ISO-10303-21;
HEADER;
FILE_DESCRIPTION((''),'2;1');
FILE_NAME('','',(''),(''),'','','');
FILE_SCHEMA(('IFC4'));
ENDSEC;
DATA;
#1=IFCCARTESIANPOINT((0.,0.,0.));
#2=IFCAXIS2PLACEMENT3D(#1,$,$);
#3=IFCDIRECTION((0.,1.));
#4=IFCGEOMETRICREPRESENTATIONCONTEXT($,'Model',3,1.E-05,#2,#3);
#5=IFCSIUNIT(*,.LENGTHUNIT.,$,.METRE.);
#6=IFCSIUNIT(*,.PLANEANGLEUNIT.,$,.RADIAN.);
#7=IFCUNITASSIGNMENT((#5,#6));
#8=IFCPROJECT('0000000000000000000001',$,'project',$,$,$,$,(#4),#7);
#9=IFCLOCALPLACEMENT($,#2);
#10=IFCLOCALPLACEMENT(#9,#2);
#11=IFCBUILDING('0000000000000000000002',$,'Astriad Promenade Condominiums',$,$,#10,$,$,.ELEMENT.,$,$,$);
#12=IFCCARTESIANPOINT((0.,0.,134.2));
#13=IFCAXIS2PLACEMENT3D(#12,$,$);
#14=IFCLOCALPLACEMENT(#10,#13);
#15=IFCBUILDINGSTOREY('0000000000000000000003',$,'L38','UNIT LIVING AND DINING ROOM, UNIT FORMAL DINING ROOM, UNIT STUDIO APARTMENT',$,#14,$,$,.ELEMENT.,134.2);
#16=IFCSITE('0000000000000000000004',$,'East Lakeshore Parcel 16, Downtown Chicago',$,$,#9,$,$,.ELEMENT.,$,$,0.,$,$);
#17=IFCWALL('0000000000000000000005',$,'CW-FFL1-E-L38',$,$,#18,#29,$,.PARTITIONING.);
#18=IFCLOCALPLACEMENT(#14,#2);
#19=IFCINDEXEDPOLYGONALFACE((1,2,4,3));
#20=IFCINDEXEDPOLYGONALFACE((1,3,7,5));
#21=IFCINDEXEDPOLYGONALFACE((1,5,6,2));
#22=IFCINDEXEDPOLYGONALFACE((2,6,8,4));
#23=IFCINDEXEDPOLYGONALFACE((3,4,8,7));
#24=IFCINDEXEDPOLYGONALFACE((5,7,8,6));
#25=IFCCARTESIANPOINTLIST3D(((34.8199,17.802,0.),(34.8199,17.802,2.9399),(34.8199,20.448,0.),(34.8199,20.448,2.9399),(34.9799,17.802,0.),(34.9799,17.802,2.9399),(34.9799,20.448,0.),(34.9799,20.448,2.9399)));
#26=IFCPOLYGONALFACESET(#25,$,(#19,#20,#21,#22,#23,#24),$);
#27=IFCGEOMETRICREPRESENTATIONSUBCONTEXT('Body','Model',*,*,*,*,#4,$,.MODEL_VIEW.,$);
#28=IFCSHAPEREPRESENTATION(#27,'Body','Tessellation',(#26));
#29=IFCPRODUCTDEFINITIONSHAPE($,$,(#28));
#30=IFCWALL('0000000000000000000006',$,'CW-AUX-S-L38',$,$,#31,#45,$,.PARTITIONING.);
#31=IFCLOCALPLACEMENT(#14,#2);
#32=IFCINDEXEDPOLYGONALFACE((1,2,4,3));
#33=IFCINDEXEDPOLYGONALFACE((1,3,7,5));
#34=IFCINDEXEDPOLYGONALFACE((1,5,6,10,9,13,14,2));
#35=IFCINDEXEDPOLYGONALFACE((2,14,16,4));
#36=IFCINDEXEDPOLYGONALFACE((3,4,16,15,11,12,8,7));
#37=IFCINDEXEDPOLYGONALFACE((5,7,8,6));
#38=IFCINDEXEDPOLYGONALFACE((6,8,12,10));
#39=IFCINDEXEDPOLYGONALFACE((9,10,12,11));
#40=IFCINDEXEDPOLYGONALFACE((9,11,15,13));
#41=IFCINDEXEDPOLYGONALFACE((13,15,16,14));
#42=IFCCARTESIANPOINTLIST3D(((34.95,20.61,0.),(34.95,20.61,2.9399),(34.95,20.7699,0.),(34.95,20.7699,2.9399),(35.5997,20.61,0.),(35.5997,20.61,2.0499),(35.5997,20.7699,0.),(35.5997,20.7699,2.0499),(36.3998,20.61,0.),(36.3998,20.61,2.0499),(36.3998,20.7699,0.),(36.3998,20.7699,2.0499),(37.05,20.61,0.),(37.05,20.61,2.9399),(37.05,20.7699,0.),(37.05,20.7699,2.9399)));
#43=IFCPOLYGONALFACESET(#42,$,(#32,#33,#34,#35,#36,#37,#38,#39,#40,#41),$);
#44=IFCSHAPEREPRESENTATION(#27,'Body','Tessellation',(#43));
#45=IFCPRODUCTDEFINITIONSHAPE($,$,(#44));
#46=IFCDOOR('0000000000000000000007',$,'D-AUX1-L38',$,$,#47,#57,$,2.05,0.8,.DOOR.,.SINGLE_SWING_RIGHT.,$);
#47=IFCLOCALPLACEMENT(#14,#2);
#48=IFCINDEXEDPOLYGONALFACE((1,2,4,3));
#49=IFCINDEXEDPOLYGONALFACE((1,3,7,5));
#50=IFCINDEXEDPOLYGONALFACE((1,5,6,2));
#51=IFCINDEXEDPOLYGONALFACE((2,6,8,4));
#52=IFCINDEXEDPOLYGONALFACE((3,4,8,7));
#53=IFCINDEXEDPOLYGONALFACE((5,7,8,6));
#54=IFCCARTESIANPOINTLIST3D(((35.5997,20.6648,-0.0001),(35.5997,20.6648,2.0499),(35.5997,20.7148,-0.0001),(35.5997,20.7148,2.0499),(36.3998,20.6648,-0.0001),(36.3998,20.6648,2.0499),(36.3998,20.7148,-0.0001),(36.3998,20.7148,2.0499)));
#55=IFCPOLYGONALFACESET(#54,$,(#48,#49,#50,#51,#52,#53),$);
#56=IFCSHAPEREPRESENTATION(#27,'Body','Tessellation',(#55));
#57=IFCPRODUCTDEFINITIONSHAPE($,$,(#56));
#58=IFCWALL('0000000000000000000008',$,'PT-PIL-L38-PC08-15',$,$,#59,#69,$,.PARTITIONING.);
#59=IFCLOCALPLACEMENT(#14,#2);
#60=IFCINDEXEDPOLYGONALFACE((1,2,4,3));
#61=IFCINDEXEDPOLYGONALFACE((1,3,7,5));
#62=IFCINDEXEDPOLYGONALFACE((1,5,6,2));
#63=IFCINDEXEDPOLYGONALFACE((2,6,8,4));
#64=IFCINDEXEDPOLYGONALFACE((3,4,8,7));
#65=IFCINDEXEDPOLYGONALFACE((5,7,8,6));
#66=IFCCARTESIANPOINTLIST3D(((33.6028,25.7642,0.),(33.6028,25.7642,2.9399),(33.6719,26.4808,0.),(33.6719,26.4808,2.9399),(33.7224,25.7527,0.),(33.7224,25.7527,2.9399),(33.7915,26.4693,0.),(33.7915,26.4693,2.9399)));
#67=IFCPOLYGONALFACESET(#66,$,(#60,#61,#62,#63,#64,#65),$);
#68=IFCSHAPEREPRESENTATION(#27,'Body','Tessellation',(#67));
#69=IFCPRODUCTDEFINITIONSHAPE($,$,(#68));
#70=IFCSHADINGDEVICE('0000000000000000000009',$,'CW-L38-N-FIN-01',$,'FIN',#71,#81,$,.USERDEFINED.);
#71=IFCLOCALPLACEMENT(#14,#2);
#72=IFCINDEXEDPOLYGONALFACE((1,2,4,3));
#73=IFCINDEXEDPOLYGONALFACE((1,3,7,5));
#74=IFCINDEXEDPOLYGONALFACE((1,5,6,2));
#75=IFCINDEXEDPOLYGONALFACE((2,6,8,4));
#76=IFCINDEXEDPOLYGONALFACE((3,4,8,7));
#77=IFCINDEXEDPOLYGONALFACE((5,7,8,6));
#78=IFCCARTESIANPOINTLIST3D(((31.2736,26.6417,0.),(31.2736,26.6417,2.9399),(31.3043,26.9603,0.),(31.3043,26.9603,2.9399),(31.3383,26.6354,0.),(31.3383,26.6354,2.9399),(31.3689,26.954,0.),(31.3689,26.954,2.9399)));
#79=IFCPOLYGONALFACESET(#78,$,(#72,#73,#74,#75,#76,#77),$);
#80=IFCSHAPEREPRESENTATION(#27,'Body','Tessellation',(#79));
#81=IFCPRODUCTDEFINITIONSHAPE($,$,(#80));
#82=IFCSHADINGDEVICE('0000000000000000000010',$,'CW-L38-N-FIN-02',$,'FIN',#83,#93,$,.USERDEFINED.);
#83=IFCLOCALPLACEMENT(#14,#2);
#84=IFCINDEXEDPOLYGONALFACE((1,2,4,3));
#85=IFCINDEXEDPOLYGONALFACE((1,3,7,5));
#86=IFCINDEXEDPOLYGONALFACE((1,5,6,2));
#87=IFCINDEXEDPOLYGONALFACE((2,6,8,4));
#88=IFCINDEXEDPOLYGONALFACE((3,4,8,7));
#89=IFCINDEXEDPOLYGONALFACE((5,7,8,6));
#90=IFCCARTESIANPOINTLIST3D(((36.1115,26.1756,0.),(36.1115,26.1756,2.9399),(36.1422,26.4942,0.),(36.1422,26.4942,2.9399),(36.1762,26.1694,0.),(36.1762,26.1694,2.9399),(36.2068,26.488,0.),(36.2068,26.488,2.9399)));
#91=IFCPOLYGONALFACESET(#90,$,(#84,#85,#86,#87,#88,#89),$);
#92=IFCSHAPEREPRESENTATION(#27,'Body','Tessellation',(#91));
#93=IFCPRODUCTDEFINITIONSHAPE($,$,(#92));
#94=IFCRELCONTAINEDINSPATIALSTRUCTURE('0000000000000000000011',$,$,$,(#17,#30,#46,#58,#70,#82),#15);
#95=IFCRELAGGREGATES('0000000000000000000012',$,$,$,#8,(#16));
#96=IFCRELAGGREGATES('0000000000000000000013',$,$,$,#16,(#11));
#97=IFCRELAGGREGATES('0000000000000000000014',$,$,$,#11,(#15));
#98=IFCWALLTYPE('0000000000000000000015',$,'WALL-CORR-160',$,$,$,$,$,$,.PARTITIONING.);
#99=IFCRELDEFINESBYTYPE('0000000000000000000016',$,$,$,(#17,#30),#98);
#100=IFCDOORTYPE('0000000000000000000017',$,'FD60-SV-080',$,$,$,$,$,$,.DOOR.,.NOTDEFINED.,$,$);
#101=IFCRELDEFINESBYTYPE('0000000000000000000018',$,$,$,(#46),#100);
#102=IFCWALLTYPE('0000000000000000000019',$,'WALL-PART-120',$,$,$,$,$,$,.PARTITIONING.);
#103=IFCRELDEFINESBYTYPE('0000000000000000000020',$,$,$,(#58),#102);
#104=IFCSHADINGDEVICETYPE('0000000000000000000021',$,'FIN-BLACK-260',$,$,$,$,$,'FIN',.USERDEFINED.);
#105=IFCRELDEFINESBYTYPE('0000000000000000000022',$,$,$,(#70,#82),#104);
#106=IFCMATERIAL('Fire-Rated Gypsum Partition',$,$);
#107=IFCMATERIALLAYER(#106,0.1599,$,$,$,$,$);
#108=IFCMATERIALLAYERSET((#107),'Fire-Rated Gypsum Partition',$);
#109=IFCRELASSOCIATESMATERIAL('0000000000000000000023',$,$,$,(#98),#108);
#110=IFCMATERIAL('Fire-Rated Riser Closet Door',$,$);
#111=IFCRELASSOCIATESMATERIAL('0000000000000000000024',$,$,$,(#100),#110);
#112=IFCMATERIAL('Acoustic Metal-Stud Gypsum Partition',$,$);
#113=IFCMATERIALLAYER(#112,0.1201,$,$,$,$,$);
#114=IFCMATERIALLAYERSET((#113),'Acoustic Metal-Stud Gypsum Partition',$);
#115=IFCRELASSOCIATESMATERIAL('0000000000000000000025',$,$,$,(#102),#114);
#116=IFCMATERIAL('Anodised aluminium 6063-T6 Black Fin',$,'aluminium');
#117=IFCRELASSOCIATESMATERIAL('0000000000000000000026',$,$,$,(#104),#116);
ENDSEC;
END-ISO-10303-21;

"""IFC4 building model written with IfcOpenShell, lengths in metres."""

from ifc_helpers import new_model, si_unit, direction, frame, frame_2d, origin, origin_2d, place, context, subcontext, project, spatial, rectangle, extrude, source, transform, mapped, material, layer, layer_set, type_object, type_shapes, element, fill, save


model = new_model("IFC4")

# Units and contexts
model_context = context("Model", 3, precision=1e-05, world=origin(), true_north=direction((0.0, 1.0)))
body_context = subcontext(model_context, "Body", "Model", "MODEL_VIEW")
ifc_project = project(units=[si_unit("LENGTHUNIT", "METRE"), si_unit("PLANEANGLEUNIT", "RADIAN")], contexts=[model_context])

# Site, building, storey
site_placement = place(None, origin())
site = spatial("IfcSite", under=ifc_project, at=site_placement, Name="East Lakeshore Parcel 16, Downtown Chicago", CompositionType="ELEMENT", RefElevation=0.0)
building_placement = place(site_placement, origin())
building = spatial("IfcBuilding", under=site, at=building_placement, Name="Astriad Promenade Condominiums", CompositionType="ELEMENT")
storey_placement = place(building_placement, frame((0.0, 0.0, 134.2)))
storey = spatial("IfcBuildingStorey", under=building, at=storey_placement, Name="L38", Description="UNIT LIVING AND DINING ROOM, UNIT FORMAL DINING ROOM, UNIT STUDIO APARTMENT", CompositionType="ELEMENT", Elevation=134.2)

# Wall
ifc_material_1 = material(Name="Fire-Rated Gypsum Partition")
ifc_layer_1 = layer(ifc_material_1, 0.1599)
ifc_layer_set_1 = layer_set([ifc_layer_1], Name="Fire-Rated Gypsum Partition")
wall_type_1 = type_object("IfcWallType", Name="WALL-CORR-160", PredefinedType="PARTITIONING", material=ifc_layer_set_1)
wall_1_placement = place(storey_placement, frame((34.8999, 17.802, 0.0), z_axis=(0.0, 0.0, 1.0), x_axis=(0.0, 1.0, 0.0)))
element("IfcWall", 1, at=wall_1_placement, inside=storey, type_object=wall_type_1, Name="CW-FFL1-E-L38", PredefinedType="PARTITIONING", context=body_context, shape_type="SweptSolid", body=[
    extrude(rectangle(XDim=2.646, YDim=0.1599, at=frame_2d((1.323, 0.0))), origin(), (0.0, 0.0, 1.0), 2.9399),
])

# Wall, opening, door
wall_2_placement = place(storey_placement, frame((34.95, 20.6899, 0.0), z_axis=(0.0, 0.0, 1.0), x_axis=(1.0, 0.0, 0.0)))
wall_2 = element("IfcWall", 2, at=wall_2_placement, inside=storey, type_object=wall_type_1, Name="CW-AUX-S-L38", PredefinedType="PARTITIONING", context=body_context, shape_type="SweptSolid", body=[
    extrude(rectangle(XDim=2.1001, YDim=0.1599, at=frame_2d((1.05, 0.0))), origin(), (0.0, 0.0, 1.0), 2.9399),
])
opening_1_placement = place(wall_2_placement, frame((0.6499, 0.0, 0.0)))
opening_1 = element("IfcOpeningElement", 3, at=opening_1_placement, cuts=wall_2, PredefinedType="OPENING", context=body_context, shape_type="SweptSolid", body=[
    extrude(rectangle(XDim=0.8, YDim=2.05, at=frame_2d((0.3999, 1.0249))), frame((0.0, 0.0898, 0.0), z_axis=(0.0, -1.0, 0.0), x_axis=(1.0, 0.0, 0.0)), (0.0, 0.0, 1.0), 0.1799),
])
ifc_material_2 = material(Name="Fire-Rated Riser Closet Door")
door_type_1 = type_object("IfcDoorType", Name="FD60-SV-080", OperationType="NOTDEFINED", PredefinedType="DOOR", material=ifc_material_2)
shared_shape_1 = source(origin(), body_context, "Body", "SweptSolid", [
    extrude(rectangle(XDim=0.8, YDim=2.05, at=frame_2d((0.3999, 1.0249))), frame((0.0, 0.0249, 0.0), z_axis=(0.0, -1.0, 0.0), x_axis=(1.0, 0.0, 0.0)), (0.0, 0.0, 1.0), 0.05),
])
type_shapes(door_type_1, [shared_shape_1])
door_1_placement = place(opening_1_placement, origin())
door_1 = element("IfcDoor", 4, at=door_1_placement, inside=storey, type_object=door_type_1, Name="D-AUX1-L38", OperationType="SINGLE_SWING_RIGHT", OverallHeight=2.05, OverallWidth=0.8, PredefinedType="DOOR", context=body_context, shape_type="MappedRepresentation", body=[
    mapped(shared_shape_1, transform((0.0, 0.0, 0.0), scale=1.0)),
])
fill(opening_1, door_1)

# Wall
ifc_material_3 = material(Name="Acoustic Metal-Stud Gypsum Partition")
ifc_layer_2 = layer(ifc_material_3, 0.1201)
ifc_layer_set_2 = layer_set([ifc_layer_2], Name="Acoustic Metal-Stud Gypsum Partition")
wall_type_2 = type_object("IfcWallType", Name="WALL-PART-120", PredefinedType="PARTITIONING", material=ifc_layer_set_2)
wall_3_placement = place(storey_placement, frame((33.6626, 25.7585, 0.0), z_axis=(0.0, 0.0, 1.0), x_axis=(0.095977, 0.995384, 0.0)))
element("IfcWall", 5, at=wall_3_placement, inside=storey, type_object=wall_type_2, Name="PT-PIL-L38-PC08-15", PredefinedType="PARTITIONING", context=body_context, shape_type="SweptSolid", body=[
    extrude(rectangle(XDim=0.72, YDim=0.1201, at=frame_2d((0.3599, 0.0))), origin(), (0.0, 0.0, 1.0), 2.9399),
])

# Shading devices
ifc_material_4 = material(Name="Anodised aluminium 6063-T6 Black Fin", Category="aluminium")
shading_device_type = type_object("IfcShadingDeviceType", Name="FIN-BLACK-260", ElementType="FIN", PredefinedType="USERDEFINED", material=ifc_material_4)
shared_shape_2 = source(origin(), body_context, "Body", "SweptSolid", [
    extrude(rectangle(XDim=0.0649, YDim=0.3201, at=origin_2d()), origin(), (0.0, 0.0, 1.0), 2.9399),
])
type_shapes(shading_device_type, [shared_shape_2])
for number, where, z_axis, x_axis, name in (
    (6, (31.3213, 26.7979, 0.0), (0.0, 0.0, 1.0), (0.995396, -0.095846, 0.0), "CW-L38-N-FIN-01"),
    (7, (36.1592, 26.3318, 0.0), (0.0, 0.0, 1.0), (0.995396, -0.095846, 0.0), "CW-L38-N-FIN-02"),
):
    element("IfcShadingDevice", number, at=place(storey_placement, frame(where, z_axis=z_axis, x_axis=x_axis)), inside=storey, type_object=shading_device_type, Name=name, ObjectType="FIN", PredefinedType="USERDEFINED", context=body_context, shape_type="MappedRepresentation", body=[
        mapped(shared_shape_2, transform((0.0, 0.0, 0.0), scale=1.0)),
    ])

save(model, "model.ifc")
